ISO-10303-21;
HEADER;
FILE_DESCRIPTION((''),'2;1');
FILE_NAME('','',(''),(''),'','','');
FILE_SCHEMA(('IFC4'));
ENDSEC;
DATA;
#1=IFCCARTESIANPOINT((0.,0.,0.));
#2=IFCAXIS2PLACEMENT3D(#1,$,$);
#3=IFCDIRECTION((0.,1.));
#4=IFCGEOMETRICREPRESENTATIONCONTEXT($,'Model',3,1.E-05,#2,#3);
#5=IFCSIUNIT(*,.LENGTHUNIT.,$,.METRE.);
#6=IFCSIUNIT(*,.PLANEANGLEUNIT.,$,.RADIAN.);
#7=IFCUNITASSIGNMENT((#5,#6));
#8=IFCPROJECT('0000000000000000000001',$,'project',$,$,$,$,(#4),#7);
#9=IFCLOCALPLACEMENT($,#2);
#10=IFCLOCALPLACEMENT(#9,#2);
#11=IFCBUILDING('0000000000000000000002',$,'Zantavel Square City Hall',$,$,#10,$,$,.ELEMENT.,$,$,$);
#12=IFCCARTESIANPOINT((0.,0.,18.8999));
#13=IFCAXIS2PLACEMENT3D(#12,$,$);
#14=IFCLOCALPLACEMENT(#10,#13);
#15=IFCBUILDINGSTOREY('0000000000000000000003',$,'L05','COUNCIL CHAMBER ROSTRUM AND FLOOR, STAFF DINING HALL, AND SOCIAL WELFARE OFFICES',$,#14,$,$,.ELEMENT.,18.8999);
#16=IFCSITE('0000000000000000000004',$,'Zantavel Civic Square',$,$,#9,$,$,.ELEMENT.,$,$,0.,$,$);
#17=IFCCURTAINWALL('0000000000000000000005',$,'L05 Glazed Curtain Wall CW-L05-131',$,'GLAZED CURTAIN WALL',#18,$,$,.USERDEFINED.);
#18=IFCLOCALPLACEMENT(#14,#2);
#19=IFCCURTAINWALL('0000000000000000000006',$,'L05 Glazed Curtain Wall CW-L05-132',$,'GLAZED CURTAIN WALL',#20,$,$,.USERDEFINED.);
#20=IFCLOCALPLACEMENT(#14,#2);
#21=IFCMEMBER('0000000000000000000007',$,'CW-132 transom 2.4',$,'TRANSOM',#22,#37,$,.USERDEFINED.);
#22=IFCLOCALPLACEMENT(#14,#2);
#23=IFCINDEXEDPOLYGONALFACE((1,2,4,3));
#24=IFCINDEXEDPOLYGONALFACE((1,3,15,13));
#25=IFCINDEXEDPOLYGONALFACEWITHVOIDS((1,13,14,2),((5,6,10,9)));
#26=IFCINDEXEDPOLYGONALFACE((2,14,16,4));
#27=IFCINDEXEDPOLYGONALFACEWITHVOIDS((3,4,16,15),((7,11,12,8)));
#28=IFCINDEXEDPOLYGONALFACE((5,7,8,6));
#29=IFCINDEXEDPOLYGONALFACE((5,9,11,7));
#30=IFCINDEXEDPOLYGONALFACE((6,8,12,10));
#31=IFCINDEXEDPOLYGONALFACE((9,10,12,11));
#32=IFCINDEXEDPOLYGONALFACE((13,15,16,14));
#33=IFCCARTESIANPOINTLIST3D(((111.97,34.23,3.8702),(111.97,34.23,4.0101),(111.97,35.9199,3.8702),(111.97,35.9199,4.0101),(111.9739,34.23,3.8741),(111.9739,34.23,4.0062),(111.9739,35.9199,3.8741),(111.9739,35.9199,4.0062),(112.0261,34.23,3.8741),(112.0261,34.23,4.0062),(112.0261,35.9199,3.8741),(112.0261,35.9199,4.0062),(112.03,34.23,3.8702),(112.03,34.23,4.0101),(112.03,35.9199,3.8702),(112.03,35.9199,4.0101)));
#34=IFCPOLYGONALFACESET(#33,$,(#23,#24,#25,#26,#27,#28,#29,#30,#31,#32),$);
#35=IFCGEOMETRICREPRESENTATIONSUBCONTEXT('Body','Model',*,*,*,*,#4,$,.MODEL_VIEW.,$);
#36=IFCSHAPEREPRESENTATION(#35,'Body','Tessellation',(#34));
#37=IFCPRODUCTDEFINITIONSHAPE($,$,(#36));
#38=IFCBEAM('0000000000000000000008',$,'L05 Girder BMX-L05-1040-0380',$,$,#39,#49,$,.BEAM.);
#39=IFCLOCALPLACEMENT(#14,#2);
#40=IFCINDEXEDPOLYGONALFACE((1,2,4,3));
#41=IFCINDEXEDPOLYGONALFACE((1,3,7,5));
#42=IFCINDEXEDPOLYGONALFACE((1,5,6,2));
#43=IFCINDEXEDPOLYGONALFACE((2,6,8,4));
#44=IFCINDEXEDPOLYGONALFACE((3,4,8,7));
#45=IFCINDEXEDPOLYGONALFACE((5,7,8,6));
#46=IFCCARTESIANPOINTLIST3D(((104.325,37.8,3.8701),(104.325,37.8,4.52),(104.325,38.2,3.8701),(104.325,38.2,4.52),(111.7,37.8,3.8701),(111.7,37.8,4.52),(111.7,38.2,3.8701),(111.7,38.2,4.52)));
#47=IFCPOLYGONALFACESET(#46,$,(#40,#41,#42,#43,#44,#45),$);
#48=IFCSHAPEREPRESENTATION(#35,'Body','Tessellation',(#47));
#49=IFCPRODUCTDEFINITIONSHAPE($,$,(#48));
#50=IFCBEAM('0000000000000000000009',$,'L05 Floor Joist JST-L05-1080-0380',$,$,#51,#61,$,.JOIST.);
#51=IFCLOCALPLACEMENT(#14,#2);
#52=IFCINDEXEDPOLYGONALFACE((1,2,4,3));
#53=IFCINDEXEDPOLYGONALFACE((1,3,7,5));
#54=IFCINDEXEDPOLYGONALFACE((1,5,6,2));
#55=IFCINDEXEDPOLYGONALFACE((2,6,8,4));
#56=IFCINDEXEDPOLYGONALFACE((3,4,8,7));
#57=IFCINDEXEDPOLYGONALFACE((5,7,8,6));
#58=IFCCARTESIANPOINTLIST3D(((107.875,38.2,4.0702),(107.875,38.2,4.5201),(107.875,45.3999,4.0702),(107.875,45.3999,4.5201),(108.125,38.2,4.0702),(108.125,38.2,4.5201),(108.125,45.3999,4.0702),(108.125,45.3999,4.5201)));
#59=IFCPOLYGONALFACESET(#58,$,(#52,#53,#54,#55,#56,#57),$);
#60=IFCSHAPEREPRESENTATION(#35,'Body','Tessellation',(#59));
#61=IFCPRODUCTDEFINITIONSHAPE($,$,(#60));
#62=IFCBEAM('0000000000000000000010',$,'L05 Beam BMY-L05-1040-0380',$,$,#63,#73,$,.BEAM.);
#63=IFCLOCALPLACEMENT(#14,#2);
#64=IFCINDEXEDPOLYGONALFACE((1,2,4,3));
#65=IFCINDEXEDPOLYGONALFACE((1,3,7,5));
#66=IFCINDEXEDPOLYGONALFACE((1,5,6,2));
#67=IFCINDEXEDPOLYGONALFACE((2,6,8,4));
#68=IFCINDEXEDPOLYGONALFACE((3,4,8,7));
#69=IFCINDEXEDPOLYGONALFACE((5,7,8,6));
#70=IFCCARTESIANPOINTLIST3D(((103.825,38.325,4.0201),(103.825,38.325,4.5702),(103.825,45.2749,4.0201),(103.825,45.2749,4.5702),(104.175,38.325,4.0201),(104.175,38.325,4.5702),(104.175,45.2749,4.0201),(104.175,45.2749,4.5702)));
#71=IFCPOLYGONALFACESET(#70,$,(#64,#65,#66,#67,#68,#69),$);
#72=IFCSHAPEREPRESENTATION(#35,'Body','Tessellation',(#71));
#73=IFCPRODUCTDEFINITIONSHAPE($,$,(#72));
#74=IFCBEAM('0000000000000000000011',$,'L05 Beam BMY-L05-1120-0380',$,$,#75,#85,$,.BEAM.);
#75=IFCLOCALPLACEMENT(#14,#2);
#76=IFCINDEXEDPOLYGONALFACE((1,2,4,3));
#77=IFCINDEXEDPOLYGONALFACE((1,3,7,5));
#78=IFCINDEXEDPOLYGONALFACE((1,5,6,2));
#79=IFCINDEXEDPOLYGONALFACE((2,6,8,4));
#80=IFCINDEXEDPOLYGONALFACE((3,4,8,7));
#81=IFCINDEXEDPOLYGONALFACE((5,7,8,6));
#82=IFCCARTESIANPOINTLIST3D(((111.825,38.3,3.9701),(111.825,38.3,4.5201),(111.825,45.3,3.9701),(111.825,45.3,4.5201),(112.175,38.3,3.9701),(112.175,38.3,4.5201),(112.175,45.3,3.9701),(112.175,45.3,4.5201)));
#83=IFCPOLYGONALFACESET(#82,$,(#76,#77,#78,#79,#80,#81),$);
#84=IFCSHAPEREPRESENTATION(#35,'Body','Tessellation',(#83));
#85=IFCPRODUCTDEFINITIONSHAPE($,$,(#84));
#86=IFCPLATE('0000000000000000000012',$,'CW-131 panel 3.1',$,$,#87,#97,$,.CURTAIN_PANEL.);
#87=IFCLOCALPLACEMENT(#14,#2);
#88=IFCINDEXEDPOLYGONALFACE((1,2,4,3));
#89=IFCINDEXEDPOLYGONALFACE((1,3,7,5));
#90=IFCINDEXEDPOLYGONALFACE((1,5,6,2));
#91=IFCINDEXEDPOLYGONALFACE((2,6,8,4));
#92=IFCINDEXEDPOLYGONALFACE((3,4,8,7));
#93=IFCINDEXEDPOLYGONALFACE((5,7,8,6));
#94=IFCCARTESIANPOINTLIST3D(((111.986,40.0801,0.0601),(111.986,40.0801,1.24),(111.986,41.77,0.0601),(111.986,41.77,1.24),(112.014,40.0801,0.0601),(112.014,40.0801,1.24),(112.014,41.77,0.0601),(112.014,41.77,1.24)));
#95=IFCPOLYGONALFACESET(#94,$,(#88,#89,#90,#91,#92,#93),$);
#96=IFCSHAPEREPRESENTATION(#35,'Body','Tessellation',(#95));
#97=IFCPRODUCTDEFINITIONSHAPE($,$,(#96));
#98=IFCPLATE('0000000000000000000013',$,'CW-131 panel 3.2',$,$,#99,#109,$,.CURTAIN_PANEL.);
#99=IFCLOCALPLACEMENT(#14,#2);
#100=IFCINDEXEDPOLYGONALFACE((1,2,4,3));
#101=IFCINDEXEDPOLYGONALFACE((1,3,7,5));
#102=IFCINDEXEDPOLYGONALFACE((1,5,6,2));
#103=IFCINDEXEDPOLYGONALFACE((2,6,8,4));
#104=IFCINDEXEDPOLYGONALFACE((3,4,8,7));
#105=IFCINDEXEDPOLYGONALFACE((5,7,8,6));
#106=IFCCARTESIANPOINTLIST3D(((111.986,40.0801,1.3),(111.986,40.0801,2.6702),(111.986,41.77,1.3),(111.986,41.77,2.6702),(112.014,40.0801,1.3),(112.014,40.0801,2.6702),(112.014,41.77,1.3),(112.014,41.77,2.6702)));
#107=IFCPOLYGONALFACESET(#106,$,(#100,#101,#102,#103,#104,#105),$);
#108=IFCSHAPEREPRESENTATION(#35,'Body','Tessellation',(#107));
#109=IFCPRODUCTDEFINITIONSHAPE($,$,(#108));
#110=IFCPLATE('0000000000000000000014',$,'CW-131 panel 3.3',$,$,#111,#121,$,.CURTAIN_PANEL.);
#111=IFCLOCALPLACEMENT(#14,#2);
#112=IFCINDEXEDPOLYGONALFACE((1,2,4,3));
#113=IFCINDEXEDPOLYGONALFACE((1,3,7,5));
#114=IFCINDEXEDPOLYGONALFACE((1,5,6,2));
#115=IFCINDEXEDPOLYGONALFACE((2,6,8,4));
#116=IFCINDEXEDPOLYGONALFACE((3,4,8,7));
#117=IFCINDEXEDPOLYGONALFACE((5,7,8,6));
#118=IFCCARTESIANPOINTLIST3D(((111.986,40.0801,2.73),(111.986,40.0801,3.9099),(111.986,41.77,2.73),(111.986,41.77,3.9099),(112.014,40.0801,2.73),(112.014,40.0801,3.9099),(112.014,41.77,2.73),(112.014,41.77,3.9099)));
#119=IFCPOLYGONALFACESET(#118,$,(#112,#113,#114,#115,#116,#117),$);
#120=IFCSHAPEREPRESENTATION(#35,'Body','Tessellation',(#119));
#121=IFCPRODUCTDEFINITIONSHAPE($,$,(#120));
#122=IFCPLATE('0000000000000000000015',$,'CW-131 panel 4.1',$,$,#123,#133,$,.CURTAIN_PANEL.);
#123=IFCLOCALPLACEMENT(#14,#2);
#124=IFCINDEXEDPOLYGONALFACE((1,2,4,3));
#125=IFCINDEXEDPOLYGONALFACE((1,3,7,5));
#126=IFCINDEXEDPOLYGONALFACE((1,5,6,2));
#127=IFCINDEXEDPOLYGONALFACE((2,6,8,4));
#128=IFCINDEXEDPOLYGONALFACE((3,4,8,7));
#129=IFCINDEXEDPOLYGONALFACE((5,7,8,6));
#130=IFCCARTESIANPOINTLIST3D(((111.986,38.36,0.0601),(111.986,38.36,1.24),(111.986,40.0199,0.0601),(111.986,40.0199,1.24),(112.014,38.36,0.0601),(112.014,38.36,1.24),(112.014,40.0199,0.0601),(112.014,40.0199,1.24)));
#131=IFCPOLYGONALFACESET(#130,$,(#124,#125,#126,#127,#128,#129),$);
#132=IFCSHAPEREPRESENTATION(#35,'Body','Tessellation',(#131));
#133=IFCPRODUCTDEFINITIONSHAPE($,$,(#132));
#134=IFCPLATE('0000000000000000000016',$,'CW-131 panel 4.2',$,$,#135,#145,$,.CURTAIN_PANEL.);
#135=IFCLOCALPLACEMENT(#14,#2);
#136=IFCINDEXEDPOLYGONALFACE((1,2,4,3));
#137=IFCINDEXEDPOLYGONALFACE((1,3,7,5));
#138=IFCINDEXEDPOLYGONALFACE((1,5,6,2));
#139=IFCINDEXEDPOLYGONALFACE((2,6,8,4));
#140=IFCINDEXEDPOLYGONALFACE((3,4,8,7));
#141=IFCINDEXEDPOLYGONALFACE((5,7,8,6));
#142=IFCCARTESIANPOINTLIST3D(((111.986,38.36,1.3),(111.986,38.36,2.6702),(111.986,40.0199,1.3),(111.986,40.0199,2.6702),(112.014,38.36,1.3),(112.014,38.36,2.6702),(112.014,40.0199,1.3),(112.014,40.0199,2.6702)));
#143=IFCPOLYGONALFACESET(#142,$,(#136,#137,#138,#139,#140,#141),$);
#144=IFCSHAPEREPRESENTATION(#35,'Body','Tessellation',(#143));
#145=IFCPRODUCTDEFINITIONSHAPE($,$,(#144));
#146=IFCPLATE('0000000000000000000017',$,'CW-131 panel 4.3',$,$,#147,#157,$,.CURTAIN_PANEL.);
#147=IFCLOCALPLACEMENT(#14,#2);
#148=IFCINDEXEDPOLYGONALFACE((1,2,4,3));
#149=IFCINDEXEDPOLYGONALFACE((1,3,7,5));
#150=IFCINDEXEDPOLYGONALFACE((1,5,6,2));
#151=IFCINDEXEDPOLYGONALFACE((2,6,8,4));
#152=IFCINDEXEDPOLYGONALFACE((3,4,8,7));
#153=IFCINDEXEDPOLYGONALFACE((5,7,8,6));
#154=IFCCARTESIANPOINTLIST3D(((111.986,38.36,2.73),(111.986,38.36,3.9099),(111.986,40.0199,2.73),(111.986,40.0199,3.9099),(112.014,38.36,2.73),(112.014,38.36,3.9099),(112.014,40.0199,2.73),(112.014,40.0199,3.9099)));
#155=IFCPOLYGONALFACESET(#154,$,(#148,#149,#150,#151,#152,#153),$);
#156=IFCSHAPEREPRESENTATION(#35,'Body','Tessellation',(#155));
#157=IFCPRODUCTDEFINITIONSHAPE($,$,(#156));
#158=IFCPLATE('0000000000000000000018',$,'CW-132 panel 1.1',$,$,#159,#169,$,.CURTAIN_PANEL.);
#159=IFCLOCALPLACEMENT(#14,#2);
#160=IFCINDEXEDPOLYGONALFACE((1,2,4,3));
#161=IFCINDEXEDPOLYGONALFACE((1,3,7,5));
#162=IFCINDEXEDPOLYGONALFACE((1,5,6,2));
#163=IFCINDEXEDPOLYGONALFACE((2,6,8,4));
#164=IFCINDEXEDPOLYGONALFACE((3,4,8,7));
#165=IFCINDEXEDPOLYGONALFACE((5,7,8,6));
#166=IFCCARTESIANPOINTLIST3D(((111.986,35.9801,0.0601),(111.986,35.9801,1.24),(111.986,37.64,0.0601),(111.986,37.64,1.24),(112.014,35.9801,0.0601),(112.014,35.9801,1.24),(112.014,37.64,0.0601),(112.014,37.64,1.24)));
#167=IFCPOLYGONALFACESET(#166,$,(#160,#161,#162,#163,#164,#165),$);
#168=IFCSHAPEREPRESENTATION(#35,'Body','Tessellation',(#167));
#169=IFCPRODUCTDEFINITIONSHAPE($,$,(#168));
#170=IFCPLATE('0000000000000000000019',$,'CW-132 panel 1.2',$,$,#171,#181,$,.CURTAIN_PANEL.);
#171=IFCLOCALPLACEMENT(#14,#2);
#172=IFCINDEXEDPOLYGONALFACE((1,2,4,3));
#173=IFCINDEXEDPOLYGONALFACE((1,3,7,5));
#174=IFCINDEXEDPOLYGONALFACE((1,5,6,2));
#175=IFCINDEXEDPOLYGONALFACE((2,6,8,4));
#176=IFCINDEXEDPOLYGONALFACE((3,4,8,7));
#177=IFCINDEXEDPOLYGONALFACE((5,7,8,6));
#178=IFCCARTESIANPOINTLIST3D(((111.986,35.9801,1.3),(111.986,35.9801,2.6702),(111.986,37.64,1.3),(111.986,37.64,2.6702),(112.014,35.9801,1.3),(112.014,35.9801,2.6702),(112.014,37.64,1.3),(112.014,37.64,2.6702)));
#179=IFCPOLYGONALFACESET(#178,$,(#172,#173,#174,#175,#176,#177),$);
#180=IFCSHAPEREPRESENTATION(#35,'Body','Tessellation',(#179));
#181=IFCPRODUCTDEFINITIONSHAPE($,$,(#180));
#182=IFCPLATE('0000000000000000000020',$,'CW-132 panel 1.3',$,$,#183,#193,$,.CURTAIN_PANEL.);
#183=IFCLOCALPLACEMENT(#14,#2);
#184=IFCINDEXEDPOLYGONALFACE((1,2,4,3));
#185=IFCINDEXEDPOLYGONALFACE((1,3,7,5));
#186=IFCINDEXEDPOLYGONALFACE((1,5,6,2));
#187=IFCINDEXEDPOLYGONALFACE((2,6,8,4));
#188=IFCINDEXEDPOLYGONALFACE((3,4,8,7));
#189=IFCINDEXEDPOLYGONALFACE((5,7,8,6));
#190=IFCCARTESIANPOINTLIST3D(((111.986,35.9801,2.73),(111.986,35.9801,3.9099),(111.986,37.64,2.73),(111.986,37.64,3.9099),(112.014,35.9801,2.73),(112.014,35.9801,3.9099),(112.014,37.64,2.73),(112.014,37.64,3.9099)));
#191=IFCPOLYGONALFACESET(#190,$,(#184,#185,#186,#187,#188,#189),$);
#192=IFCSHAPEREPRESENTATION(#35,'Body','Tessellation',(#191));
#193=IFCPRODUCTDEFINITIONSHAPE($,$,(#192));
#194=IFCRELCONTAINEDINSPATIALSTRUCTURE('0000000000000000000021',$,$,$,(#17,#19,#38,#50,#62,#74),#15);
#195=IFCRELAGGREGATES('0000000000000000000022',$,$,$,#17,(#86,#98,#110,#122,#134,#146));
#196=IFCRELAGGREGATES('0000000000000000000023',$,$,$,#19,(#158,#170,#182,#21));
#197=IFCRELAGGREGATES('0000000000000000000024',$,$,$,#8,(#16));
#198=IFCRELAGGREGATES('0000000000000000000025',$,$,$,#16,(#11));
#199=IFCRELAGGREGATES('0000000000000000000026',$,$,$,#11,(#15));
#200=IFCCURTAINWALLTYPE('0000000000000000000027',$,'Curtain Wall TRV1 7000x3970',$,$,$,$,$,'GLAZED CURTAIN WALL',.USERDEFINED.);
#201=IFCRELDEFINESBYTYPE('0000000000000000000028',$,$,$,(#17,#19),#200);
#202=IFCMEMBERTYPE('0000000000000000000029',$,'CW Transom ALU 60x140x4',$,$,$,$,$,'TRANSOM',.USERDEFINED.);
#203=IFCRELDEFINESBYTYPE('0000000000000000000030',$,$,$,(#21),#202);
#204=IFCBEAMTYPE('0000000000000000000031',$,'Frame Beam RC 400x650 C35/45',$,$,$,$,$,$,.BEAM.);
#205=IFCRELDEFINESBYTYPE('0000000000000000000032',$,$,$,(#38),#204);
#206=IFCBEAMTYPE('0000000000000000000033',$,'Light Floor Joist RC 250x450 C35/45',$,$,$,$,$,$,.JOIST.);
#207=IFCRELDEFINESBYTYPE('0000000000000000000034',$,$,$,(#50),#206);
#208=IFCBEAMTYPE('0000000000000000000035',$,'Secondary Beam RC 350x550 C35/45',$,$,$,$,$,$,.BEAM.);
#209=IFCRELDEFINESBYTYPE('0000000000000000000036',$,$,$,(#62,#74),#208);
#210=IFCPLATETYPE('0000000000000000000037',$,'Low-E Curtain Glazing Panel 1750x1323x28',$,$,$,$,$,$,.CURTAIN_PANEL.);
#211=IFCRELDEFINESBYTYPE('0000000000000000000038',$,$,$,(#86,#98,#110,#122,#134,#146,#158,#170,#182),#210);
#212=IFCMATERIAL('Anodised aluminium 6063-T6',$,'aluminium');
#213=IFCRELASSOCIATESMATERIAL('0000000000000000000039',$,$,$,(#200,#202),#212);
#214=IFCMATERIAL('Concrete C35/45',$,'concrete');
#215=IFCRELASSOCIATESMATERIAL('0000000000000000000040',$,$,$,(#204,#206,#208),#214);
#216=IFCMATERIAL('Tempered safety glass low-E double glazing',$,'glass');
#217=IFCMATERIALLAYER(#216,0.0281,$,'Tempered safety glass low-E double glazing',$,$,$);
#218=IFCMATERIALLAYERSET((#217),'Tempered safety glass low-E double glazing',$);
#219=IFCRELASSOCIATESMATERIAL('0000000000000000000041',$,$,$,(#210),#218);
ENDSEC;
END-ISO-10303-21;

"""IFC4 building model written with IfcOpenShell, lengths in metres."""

from ifc_helpers import new_model, si_unit, direction, frame, origin, origin_2d, place, context, subcontext, project, spatial, rectangle, hollow_rectangle, extrude, material, layer, layer_set, material_profile, profile_set, type_object, element, aggregate, save


model = new_model("IFC4")

# Units and contexts
model_context = context("Model", 3, precision=1e-05, world=origin(), true_north=direction((0.0, 1.0)))
body_context = subcontext(model_context, "Body", "Model", "MODEL_VIEW")
ifc_project = project(units=[si_unit("LENGTHUNIT", "METRE"), si_unit("PLANEANGLEUNIT", "RADIAN")], contexts=[model_context])

# Site, building, storey
site_placement = place(None, origin())
site = spatial("IfcSite", under=ifc_project, at=site_placement, Name="Zantavel Civic Square", CompositionType="ELEMENT", RefElevation=0.0)
building_placement = place(site_placement, origin())
building = spatial("IfcBuilding", under=site, at=building_placement, Name="Zantavel Square City Hall", CompositionType="ELEMENT")
storey_placement = place(building_placement, frame((0.0, 0.0, 18.8999)))
storey = spatial("IfcBuildingStorey", under=building, at=storey_placement, Name="L05", Description="COUNCIL CHAMBER ROSTRUM AND FLOOR, STAFF DINING HALL, AND SOCIAL WELFARE OFFICES", CompositionType="ELEMENT", Elevation=18.8999)

# Curtain walls
ifc_material_1 = material(Name="Anodised aluminium 6063-T6", Category="aluminium")
curtain_wall_type = type_object("IfcCurtainWallType", Name="Curtain Wall TRV1 7000x3970", ElementType="GLAZED CURTAIN WALL", PredefinedType="USERDEFINED", material=ifc_material_1)
curtain_wall_1_placement = place(storey_placement, origin())
curtain_wall_1 = element("IfcCurtainWall", 1, at=curtain_wall_1_placement, inside=storey, type_object=curtain_wall_type, Name="L05 Glazed Curtain Wall CW-L05-131", ObjectType="GLAZED CURTAIN WALL", PredefinedType="USERDEFINED")
curtain_wall_2_placement = place(storey_placement, origin())
curtain_wall_2 = element("IfcCurtainWall", 2, at=curtain_wall_2_placement, inside=storey, type_object=curtain_wall_type, Name="L05 Glazed Curtain Wall CW-L05-132", ObjectType="GLAZED CURTAIN WALL", PredefinedType="USERDEFINED")

# Member
ifc_material_profile_1 = material_profile(ifc_material_1, hollow_rectangle(XDim=0.0601, YDim=0.1399, WallThickness=0.0039, at=origin_2d()), Name="ALU 60x140x4")
ifc_profile_set_1 = profile_set([ifc_material_profile_1], Name="Anodised aluminium 6063-T6")
member_type_1 = type_object("IfcMemberType", Name="CW Transom ALU 60x140x4", ElementType="TRANSOM", PredefinedType="USERDEFINED", material=ifc_profile_set_1)
member_1_placement = place(storey_placement, frame((112.0, 35.9199, 3.9402), z_axis=(0.0, -1.0, 0.0), x_axis=(1.0, 0.0, 0.0)))
member_1 = element("IfcMember", 3, at=member_1_placement, type_object=member_type_1, Name="CW-132 transom 2.4", ObjectType="TRANSOM", PredefinedType="USERDEFINED", context=body_context, shape_type="SweptSolid", body=[
    extrude(hollow_rectangle(XDim=0.0601, YDim=0.1399, WallThickness=0.0039, at=origin_2d()), origin(), (0.0, 0.0, 1.0), 1.6899),
])

# Beams
ifc_material_2 = material(Name="Concrete C35/45", Category="concrete")
ifc_material_profile_2 = material_profile(ifc_material_2, rectangle(XDim=0.3999, YDim=0.6499, at=origin_2d()), Name="RC 400x650")
ifc_profile_set_2 = profile_set([ifc_material_profile_2], Name="Concrete C35/45")
beam_type_1 = type_object("IfcBeamType", Name="Frame Beam RC 400x650 C35/45", PredefinedType="BEAM", material=ifc_profile_set_2)
beam_1_placement = place(storey_placement, frame((104.325, 38.0, 4.1951), z_axis=(1.0, 0.0, 0.0), x_axis=(0.0, 1.0, 0.0)))
element("IfcBeam", 4, at=beam_1_placement, inside=storey, type_object=beam_type_1, Name="L05 Girder BMX-L05-1040-0380", PredefinedType="BEAM", context=body_context, shape_type="SweptSolid", body=[
    extrude(rectangle(XDim=0.3999, YDim=0.6499, at=origin_2d()), origin(), (0.0, 0.0, 1.0), 7.375),
])
ifc_material_profile_3 = material_profile(ifc_material_2, rectangle(XDim=0.25, YDim=0.45, at=origin_2d()), Name="RC 250x450")
ifc_profile_set_3 = profile_set([ifc_material_profile_3], Name="Concrete C35/45")
beam_type_2 = type_object("IfcBeamType", Name="Light Floor Joist RC 250x450 C35/45", PredefinedType="JOIST", material=ifc_profile_set_3)
beam_2_placement = place(storey_placement, frame((108.0, 38.2, 4.2952), z_axis=(0.0, 1.0, 0.0), x_axis=(-1.0, 0.0, 0.0)))
element("IfcBeam", 5, at=beam_2_placement, inside=storey, type_object=beam_type_2, Name="L05 Floor Joist JST-L05-1080-0380", PredefinedType="JOIST", context=body_context, shape_type="SweptSolid", body=[
    extrude(rectangle(XDim=0.25, YDim=0.45, at=origin_2d()), origin(), (0.0, 0.0, 1.0), 7.2),
])
ifc_material_profile_4 = material_profile(ifc_material_2, rectangle(XDim=0.3501, YDim=0.55, at=origin_2d()), Name="RC 350x550")
ifc_profile_set_4 = profile_set([ifc_material_profile_4], Name="Concrete C35/45")
beam_type_3 = type_object("IfcBeamType", Name="Secondary Beam RC 350x550 C35/45", PredefinedType="BEAM", material=ifc_profile_set_4)
beam_3_placement = place(storey_placement, frame((104.0, 38.325, 4.2952), z_axis=(0.0, 1.0, 0.0), x_axis=(-1.0, 0.0, 0.0)))
element("IfcBeam", 6, at=beam_3_placement, inside=storey, type_object=beam_type_3, Name="L05 Beam BMY-L05-1040-0380", PredefinedType="BEAM", context=body_context, shape_type="SweptSolid", body=[
    extrude(rectangle(XDim=0.3501, YDim=0.55, at=origin_2d()), origin(), (0.0, 0.0, 1.0), 6.95),
])
beam_4_placement = place(storey_placement, frame((112.0, 38.3, 4.2451), z_axis=(0.0, 1.0, 0.0), x_axis=(-1.0, 0.0, 0.0)))
element("IfcBeam", 7, at=beam_4_placement, inside=storey, type_object=beam_type_3, Name="L05 Beam BMY-L05-1120-0380", PredefinedType="BEAM", context=body_context, shape_type="SweptSolid", body=[
    extrude(rectangle(XDim=0.3501, YDim=0.55, at=origin_2d()), origin(), (0.0, 0.0, 1.0), 7.0),
])

# Plates
ifc_material_3 = material(Name="Tempered safety glass low-E double glazing", Category="glass")
ifc_layer = layer(ifc_material_3, 0.0281, Name="Tempered safety glass low-E double glazing")
ifc_layer_set = layer_set([ifc_layer], Name="Tempered safety glass low-E double glazing")
plate_type = type_object("IfcPlateType", Name="Low-E Curtain Glazing Panel 1750x1323x28", PredefinedType="CURTAIN_PANEL", material=ifc_layer_set)
plate_1_placement = place(storey_placement, frame((112.0, 40.925, 0.0601), z_axis=(0.0, 0.0, 1.0), x_axis=(0.0, -1.0, 0.0)))
plate_1 = element("IfcPlate", 8, at=plate_1_placement, type_object=plate_type, Name="CW-131 panel 3.1", PredefinedType="CURTAIN_PANEL", context=body_context, shape_type="SweptSolid", body=[
    extrude(rectangle(XDim=1.6899, YDim=0.0281, at=origin_2d()), origin(), (0.0, 0.0, 1.0), 1.1799),
])
plate_2_placement = place(storey_placement, frame((112.0, 40.925, 1.3), z_axis=(0.0, 0.0, 1.0), x_axis=(0.0, -1.0, 0.0)))
plate_2 = element("IfcPlate", 9, at=plate_2_placement, type_object=plate_type, Name="CW-131 panel 3.2", PredefinedType="CURTAIN_PANEL", context=body_context, shape_type="SweptSolid", body=[
    extrude(rectangle(XDim=1.6899, YDim=0.0281, at=origin_2d()), origin(), (0.0, 0.0, 1.0), 1.3701),
])
plate_3_placement = place(storey_placement, frame((112.0, 40.925, 2.73), z_axis=(0.0, 0.0, 1.0), x_axis=(0.0, -1.0, 0.0)))
plate_3 = element("IfcPlate", 10, at=plate_3_placement, type_object=plate_type, Name="CW-131 panel 3.3", PredefinedType="CURTAIN_PANEL", context=body_context, shape_type="SweptSolid", body=[
    extrude(rectangle(XDim=1.6899, YDim=0.0281, at=origin_2d()), origin(), (0.0, 0.0, 1.0), 1.1799),
])
plate_4_placement = place(storey_placement, frame((112.0, 39.1899, 0.0601), z_axis=(0.0, 0.0, 1.0), x_axis=(0.0, -1.0, 0.0)))
plate_4 = element("IfcPlate", 11, at=plate_4_placement, type_object=plate_type, Name="CW-131 panel 4.1", PredefinedType="CURTAIN_PANEL", context=body_context, shape_type="SweptSolid", body=[
    extrude(rectangle(XDim=1.6599, YDim=0.0281, at=origin_2d()), origin(), (0.0, 0.0, 1.0), 1.1799),
])
plate_5_placement = place(storey_placement, frame((112.0, 39.1899, 1.3), z_axis=(0.0, 0.0, 1.0), x_axis=(0.0, -1.0, 0.0)))
plate_5 = element("IfcPlate", 12, at=plate_5_placement, type_object=plate_type, Name="CW-131 panel 4.2", PredefinedType="CURTAIN_PANEL", context=body_context, shape_type="SweptSolid", body=[
    extrude(rectangle(XDim=1.6599, YDim=0.0281, at=origin_2d()), origin(), (0.0, 0.0, 1.0), 1.3701),
])
plate_6_placement = place(storey_placement, frame((112.0, 39.1899, 2.73), z_axis=(0.0, 0.0, 1.0), x_axis=(0.0, -1.0, 0.0)))
plate_6 = element("IfcPlate", 13, at=plate_6_placement, type_object=plate_type, Name="CW-131 panel 4.3", PredefinedType="CURTAIN_PANEL", context=body_context, shape_type="SweptSolid", body=[
    extrude(rectangle(XDim=1.6599, YDim=0.0281, at=origin_2d()), origin(), (0.0, 0.0, 1.0), 1.1799),
])
aggregate(curtain_wall_1, [plate_1, plate_2, plate_3, plate_4, plate_5, plate_6])
plate_7_placement = place(storey_placement, frame((112.0, 36.8101, 0.0601), z_axis=(0.0, 0.0, 1.0), x_axis=(0.0, -1.0, 0.0)))
plate_7 = element("IfcPlate", 14, at=plate_7_placement, type_object=plate_type, Name="CW-132 panel 1.1", PredefinedType="CURTAIN_PANEL", context=body_context, shape_type="SweptSolid", body=[
    extrude(rectangle(XDim=1.6599, YDim=0.0281, at=origin_2d()), origin(), (0.0, 0.0, 1.0), 1.1799),
])
plate_8_placement = place(storey_placement, frame((112.0, 36.8101, 1.3), z_axis=(0.0, 0.0, 1.0), x_axis=(0.0, -1.0, 0.0)))
plate_8 = element("IfcPlate", 15, at=plate_8_placement, type_object=plate_type, Name="CW-132 panel 1.2", PredefinedType="CURTAIN_PANEL", context=body_context, shape_type="SweptSolid", body=[
    extrude(rectangle(XDim=1.6599, YDim=0.0281, at=origin_2d()), origin(), (0.0, 0.0, 1.0), 1.3701),
])
plate_9_placement = place(storey_placement, frame((112.0, 36.8101, 2.73), z_axis=(0.0, 0.0, 1.0), x_axis=(0.0, -1.0, 0.0)))
plate_9 = element("IfcPlate", 16, at=plate_9_placement, type_object=plate_type, Name="CW-132 panel 1.3", PredefinedType="CURTAIN_PANEL", context=body_context, shape_type="SweptSolid", body=[
    extrude(rectangle(XDim=1.6599, YDim=0.0281, at=origin_2d()), origin(), (0.0, 0.0, 1.0), 1.1799),
])
aggregate(curtain_wall_2, [plate_7, plate_8, plate_9, member_1])

save(model, "model.ifc")
